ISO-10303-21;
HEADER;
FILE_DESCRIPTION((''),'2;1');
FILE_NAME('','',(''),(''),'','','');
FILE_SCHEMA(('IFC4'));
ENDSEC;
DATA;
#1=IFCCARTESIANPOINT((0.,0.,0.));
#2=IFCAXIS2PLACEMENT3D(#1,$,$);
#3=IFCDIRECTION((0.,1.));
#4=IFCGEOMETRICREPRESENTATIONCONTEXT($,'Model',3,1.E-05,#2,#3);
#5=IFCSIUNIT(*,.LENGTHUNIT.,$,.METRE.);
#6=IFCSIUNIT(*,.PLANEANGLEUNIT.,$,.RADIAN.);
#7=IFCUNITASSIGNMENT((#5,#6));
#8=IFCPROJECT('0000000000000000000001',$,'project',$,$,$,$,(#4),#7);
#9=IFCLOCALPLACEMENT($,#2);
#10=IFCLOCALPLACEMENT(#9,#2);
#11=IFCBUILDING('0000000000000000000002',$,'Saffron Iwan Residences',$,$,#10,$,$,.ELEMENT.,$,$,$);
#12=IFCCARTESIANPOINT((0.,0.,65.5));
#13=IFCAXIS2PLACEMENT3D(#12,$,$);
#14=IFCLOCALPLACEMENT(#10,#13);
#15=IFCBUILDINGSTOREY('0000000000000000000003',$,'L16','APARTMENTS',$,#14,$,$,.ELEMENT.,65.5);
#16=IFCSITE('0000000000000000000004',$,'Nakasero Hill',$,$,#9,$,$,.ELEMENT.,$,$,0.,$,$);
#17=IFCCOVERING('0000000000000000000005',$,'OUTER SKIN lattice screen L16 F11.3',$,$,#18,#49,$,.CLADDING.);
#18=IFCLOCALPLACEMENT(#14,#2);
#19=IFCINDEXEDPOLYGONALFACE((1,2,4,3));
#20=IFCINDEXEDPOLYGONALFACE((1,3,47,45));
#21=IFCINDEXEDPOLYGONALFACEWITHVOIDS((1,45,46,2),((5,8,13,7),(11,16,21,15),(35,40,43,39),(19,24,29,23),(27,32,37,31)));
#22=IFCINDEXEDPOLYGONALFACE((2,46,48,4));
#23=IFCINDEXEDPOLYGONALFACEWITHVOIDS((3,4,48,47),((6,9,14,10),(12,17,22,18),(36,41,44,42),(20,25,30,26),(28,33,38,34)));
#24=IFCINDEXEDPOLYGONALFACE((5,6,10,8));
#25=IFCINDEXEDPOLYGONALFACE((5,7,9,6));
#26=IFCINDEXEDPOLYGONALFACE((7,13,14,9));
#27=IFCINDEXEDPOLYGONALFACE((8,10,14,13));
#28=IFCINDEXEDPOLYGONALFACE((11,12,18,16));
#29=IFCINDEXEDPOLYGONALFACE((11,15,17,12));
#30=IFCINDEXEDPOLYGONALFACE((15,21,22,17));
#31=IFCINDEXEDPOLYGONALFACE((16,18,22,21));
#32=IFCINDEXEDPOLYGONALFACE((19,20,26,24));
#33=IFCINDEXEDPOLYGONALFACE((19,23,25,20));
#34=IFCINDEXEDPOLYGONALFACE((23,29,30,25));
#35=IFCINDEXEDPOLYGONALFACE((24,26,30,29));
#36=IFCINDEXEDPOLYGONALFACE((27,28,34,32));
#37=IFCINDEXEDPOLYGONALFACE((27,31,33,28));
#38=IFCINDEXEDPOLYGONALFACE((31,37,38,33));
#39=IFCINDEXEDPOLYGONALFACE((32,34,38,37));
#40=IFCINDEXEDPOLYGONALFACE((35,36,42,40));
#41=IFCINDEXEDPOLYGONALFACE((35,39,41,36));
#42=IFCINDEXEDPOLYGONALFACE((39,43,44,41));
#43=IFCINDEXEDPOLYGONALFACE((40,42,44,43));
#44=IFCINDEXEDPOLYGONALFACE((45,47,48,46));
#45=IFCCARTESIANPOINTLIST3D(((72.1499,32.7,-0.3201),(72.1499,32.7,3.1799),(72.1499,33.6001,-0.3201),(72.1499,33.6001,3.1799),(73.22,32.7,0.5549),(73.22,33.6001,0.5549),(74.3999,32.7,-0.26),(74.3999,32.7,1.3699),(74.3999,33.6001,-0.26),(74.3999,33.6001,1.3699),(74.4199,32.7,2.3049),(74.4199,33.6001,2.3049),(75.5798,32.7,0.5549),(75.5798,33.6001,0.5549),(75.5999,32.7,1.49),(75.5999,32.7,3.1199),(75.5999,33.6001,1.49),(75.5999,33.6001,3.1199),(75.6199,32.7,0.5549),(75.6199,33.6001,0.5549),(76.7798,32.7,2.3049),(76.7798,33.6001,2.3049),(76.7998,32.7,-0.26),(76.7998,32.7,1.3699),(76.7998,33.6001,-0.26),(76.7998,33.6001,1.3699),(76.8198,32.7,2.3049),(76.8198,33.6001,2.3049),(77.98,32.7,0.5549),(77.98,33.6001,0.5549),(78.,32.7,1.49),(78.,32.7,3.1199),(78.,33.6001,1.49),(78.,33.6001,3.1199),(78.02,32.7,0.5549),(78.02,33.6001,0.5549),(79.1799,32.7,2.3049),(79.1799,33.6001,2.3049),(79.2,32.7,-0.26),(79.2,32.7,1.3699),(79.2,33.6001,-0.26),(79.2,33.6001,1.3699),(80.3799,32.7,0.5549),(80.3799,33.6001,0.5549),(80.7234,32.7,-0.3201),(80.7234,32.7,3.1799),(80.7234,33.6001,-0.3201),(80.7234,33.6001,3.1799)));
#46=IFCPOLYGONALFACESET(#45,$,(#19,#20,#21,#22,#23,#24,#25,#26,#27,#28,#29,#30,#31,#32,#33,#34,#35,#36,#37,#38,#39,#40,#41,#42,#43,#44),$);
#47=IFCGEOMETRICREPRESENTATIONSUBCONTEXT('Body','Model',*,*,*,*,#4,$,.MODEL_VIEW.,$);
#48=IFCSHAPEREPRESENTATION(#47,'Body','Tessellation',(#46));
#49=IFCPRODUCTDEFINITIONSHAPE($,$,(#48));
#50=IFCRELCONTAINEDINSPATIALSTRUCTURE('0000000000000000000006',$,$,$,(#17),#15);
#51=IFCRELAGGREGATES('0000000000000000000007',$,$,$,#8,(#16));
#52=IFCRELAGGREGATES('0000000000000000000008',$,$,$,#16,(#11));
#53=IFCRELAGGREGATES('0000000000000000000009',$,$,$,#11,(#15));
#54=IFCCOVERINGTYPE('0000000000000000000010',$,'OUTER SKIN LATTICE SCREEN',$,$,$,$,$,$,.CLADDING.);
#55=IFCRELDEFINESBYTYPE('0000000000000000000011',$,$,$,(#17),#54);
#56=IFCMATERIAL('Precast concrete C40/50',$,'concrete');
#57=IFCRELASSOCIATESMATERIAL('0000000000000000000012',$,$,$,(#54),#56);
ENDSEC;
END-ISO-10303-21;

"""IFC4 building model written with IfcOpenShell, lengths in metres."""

from ifc_helpers import new_model, si_unit, direction, frame, origin, place, context, subcontext, project, spatial, polyline, outline, extrude, material, type_object, element, save


model = new_model("IFC4")

# Units and contexts
model_context = context("Model", 3, precision=1e-05, world=origin(), true_north=direction((0.0, 1.0)))
body_context = subcontext(model_context, "Body", "Model", "MODEL_VIEW")
ifc_project = project(units=[si_unit("LENGTHUNIT", "METRE"), si_unit("PLANEANGLEUNIT", "RADIAN")], contexts=[model_context])

# Site, building, storey
site_placement = place(None, origin())
site = spatial("IfcSite", under=ifc_project, at=site_placement, Name="Nakasero Hill", CompositionType="ELEMENT", RefElevation=0.0)
building_placement = place(site_placement, origin())
building = spatial("IfcBuilding", under=site, at=building_placement, Name="Saffron Iwan Residences", CompositionType="ELEMENT")
storey_placement = place(building_placement, frame((0.0, 0.0, 65.5)))
storey = spatial("IfcBuildingStorey", under=building, at=storey_placement, Name="L16", Description="APARTMENTS", CompositionType="ELEMENT", Elevation=65.5)

# Covering
ifc_material_1 = material(Name="Precast concrete C40/50", Category="concrete")
covering_type = type_object("IfcCoveringType", Name="OUTER SKIN LATTICE SCREEN", PredefinedType="CLADDING", material=ifc_material_1)
covering_placement = place(storey_placement, frame((72.1499, 33.6001, -0.3201), z_axis=(0.0, -1.0, 0.0), x_axis=(1.0, 0.0, 0.0)))
element("IfcCovering", 1, at=covering_placement, inside=storey, type_object=covering_type, Name="OUTER SKIN lattice screen L16 F11.3", PredefinedType="CLADDING", context=body_context, shape_type="SweptSolid", body=[
    extrude(outline(polyline([(0.0, 0.0), (8.5735, 0.0), (8.5735, 3.5), (0.0, 3.5), (0.0, 0.0)]), holes=[polyline([(1.0701, 0.875), (2.25, 0.0601), (3.4299, 0.875), (2.25, 1.6899), (1.0701, 0.875)]), polyline([(3.47, 0.875), (4.6499, 0.0601), (5.8301, 0.875), (4.6499, 1.6899), (3.47, 0.875)]), polyline([(5.8701, 0.875), (7.05, 0.0601), (8.23, 0.875), (7.05, 1.6899), (5.8701, 0.875)]), polyline([(2.27, 2.625), (3.45, 1.8101), (4.6299, 2.625), (3.45, 3.4399), (2.27, 2.625)]), polyline([(4.6699, 2.625), (5.8501, 1.8101), (7.03, 2.625), (5.8501, 3.4399), (4.6699, 2.625)])]), origin(), (0.0, 0.0, 1.0), 0.9001),
])

save(model, "model.ifc")
